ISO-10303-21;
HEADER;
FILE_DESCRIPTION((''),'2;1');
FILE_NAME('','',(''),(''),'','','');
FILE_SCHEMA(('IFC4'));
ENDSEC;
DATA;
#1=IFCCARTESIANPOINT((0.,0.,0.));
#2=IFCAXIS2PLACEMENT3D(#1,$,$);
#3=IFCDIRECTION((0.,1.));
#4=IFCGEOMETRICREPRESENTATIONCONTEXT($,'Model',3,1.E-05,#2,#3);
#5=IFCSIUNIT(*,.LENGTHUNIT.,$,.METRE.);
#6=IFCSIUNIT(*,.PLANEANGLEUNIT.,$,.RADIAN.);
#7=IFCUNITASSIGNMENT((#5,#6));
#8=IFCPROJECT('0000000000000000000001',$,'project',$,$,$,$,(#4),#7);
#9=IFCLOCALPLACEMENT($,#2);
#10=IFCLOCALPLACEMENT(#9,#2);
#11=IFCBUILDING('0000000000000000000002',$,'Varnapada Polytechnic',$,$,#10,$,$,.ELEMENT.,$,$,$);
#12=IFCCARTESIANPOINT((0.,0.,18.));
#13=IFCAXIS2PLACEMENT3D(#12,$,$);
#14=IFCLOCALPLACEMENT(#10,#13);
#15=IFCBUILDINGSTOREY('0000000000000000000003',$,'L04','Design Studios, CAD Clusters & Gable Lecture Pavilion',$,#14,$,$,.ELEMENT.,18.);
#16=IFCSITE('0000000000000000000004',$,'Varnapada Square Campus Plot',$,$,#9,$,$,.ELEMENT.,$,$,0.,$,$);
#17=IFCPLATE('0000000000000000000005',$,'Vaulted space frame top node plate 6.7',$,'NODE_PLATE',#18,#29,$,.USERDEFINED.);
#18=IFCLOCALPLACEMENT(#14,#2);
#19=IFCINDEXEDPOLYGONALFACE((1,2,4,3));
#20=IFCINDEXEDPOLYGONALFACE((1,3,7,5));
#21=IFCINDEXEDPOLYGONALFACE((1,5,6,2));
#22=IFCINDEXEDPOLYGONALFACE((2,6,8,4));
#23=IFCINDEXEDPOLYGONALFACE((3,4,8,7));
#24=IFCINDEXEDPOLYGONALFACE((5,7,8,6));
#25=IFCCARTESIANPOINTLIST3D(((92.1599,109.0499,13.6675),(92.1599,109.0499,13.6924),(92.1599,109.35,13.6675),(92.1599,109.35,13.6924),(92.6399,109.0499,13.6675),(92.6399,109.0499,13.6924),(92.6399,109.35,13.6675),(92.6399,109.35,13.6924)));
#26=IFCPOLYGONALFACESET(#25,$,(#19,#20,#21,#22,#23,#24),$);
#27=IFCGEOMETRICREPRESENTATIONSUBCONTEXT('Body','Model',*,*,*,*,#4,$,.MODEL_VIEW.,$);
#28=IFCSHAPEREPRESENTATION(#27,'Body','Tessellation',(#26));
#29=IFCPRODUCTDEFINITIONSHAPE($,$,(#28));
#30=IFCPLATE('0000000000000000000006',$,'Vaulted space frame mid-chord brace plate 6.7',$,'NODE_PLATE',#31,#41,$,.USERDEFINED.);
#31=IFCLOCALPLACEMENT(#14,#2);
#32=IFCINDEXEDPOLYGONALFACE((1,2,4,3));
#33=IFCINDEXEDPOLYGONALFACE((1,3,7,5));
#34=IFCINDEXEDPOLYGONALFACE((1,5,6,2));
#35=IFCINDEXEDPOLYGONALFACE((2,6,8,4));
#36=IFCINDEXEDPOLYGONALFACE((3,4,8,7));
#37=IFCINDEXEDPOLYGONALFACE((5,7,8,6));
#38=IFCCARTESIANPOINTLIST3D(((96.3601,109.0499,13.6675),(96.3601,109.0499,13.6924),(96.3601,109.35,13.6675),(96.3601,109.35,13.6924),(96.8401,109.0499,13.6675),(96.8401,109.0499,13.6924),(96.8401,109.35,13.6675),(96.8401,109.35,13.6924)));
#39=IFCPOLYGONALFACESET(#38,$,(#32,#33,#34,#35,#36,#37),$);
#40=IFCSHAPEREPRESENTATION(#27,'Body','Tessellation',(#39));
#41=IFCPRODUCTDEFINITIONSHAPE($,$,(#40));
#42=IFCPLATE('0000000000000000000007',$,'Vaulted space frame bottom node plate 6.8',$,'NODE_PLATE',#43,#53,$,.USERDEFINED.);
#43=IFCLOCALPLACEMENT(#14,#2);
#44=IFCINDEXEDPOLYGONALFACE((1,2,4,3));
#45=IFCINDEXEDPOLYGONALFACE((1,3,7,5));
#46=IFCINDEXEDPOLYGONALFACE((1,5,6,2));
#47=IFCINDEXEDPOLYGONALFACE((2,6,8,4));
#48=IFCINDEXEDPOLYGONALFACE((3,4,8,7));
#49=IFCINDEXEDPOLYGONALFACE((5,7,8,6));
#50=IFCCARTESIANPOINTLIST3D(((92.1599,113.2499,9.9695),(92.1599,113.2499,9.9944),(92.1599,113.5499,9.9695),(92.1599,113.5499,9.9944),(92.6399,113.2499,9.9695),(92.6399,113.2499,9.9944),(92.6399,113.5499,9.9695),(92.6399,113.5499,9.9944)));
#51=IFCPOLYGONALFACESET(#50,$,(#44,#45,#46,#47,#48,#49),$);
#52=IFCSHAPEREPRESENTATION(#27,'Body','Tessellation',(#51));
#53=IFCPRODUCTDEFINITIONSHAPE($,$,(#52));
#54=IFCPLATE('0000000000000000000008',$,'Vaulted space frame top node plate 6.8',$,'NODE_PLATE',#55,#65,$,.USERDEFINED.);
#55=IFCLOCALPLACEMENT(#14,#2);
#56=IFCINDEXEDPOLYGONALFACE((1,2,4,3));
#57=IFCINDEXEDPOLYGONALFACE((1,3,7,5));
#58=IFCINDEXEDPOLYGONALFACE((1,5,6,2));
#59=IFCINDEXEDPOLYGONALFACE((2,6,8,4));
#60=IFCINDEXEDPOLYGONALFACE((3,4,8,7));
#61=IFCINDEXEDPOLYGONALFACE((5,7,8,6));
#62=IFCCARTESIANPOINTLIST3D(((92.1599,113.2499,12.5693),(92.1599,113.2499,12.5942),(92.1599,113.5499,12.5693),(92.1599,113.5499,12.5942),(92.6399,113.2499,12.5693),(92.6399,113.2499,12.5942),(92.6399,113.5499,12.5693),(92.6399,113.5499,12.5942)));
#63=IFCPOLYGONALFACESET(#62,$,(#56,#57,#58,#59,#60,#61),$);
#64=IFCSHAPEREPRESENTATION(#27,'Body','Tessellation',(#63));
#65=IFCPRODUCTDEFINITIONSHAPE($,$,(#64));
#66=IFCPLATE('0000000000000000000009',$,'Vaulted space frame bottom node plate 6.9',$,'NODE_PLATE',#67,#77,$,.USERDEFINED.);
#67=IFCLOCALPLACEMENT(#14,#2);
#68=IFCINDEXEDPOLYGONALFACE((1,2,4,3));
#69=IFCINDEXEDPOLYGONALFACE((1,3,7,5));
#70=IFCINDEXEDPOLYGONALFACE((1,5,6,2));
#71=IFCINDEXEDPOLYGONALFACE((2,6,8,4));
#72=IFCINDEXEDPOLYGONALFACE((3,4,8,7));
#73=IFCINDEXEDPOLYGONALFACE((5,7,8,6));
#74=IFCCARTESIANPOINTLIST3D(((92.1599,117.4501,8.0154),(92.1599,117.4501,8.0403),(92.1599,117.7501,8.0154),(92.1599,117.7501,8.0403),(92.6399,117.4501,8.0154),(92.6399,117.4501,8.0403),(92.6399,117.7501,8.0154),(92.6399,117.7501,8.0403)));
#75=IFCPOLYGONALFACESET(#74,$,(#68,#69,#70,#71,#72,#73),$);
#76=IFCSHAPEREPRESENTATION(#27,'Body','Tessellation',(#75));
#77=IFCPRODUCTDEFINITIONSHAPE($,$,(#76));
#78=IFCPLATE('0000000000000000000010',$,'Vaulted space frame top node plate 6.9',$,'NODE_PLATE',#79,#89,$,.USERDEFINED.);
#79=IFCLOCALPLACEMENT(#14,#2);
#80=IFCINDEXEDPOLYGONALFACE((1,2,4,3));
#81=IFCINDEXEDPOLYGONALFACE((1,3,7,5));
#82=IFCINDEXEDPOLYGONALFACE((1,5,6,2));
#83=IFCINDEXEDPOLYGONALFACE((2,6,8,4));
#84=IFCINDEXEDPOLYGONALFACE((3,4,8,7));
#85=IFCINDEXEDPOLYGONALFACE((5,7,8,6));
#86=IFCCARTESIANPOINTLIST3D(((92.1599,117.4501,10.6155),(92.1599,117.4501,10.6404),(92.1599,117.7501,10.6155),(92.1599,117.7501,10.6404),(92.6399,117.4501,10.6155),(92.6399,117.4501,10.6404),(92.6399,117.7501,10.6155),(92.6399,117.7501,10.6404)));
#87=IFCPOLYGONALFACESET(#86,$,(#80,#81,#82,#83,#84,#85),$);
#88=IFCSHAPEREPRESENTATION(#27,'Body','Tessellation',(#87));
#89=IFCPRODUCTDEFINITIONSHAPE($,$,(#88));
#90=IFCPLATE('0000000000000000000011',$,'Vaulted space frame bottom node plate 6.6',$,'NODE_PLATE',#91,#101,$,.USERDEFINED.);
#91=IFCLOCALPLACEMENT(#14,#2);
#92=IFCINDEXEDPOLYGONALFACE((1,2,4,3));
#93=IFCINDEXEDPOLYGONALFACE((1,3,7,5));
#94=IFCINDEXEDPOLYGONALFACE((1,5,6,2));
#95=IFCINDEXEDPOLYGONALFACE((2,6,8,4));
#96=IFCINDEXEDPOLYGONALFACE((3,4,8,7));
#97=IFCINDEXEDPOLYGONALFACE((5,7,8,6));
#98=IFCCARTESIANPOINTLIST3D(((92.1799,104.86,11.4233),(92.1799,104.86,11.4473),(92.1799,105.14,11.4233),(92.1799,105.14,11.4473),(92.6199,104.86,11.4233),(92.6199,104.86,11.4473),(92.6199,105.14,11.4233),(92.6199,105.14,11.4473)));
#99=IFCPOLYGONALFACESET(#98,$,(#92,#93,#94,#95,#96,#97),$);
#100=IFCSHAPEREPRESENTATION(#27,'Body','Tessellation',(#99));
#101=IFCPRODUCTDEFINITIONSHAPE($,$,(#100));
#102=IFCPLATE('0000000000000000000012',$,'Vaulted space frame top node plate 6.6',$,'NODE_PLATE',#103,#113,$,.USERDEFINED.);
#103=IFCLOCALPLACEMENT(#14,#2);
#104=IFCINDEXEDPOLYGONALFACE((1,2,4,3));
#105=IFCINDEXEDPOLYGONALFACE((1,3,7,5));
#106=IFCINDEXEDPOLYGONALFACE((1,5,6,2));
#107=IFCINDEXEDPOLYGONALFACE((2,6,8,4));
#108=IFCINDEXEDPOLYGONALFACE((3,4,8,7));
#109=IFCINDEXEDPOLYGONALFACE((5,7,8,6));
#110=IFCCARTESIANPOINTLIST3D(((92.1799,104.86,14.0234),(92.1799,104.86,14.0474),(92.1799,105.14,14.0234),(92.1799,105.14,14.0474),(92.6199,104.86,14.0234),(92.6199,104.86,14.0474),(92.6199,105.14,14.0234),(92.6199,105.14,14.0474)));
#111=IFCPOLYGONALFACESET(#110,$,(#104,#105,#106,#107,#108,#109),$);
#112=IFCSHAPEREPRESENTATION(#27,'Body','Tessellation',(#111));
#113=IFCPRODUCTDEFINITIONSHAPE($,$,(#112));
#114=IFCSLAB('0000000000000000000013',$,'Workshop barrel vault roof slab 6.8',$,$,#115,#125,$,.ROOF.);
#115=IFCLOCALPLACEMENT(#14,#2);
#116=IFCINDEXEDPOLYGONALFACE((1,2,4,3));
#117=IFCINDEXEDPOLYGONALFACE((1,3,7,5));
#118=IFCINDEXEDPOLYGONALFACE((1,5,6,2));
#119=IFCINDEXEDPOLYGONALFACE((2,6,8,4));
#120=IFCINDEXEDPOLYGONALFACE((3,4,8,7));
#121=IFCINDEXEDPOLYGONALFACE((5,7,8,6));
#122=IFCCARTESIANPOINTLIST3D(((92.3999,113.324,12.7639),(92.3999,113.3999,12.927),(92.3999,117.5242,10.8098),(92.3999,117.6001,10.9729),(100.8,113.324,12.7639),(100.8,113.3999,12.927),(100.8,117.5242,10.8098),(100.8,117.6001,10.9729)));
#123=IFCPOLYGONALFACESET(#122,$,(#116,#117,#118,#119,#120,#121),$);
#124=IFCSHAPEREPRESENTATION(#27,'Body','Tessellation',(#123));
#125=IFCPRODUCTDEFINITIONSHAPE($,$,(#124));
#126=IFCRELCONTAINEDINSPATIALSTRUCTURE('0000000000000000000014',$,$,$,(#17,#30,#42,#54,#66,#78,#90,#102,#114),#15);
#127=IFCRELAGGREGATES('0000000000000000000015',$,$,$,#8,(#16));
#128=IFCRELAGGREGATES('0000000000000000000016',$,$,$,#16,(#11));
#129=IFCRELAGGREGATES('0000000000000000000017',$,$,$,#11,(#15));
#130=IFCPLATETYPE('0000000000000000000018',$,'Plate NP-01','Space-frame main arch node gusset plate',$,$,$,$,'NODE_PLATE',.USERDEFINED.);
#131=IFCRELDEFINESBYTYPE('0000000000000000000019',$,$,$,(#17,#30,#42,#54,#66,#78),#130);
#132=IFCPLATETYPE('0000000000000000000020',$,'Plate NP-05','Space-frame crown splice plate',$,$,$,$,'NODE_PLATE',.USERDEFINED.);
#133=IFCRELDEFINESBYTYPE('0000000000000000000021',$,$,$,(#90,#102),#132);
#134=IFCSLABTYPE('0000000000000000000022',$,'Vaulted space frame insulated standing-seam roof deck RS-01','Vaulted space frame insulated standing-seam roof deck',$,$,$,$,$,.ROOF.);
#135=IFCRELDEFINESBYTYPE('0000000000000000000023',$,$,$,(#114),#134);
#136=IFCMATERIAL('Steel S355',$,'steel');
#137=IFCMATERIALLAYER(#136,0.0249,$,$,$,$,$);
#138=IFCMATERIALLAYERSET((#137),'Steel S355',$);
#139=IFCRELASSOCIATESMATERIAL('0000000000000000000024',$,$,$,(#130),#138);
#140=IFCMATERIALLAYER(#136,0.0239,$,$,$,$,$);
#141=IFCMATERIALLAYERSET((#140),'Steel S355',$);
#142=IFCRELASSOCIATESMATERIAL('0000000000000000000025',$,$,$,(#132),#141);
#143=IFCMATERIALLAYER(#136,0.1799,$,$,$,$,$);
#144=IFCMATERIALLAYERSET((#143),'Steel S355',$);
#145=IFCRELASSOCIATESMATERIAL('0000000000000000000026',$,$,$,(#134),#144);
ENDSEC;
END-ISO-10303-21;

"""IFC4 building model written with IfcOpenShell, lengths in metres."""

from ifc_helpers import new_model, si_unit, direction, frame, origin, origin_2d, place, context, subcontext, project, spatial, polyline, rectangle, outline, extrude, material, layer, layer_set, type_object, element, save


model = new_model("IFC4")

# Units and contexts
model_context = context("Model", 3, precision=1e-05, world=origin(), true_north=direction((0.0, 1.0)))
body_context = subcontext(model_context, "Body", "Model", "MODEL_VIEW")
ifc_project = project(units=[si_unit("LENGTHUNIT", "METRE"), si_unit("PLANEANGLEUNIT", "RADIAN")], contexts=[model_context])

# Site, building, storey
site_placement = place(None, origin())
site = spatial("IfcSite", under=ifc_project, at=site_placement, Name="Varnapada Square Campus Plot", CompositionType="ELEMENT", RefElevation=0.0)
building_placement = place(site_placement, origin())
building = spatial("IfcBuilding", under=site, at=building_placement, Name="Varnapada Polytechnic", CompositionType="ELEMENT")
storey_placement = place(building_placement, frame((0.0, 0.0, 18.0)))
storey = spatial("IfcBuildingStorey", under=building, at=storey_placement, Name="L04", Description="Design Studios, CAD Clusters & Gable Lecture Pavilion", CompositionType="ELEMENT", Elevation=18.0)

# Shared definitions
ifc_material = material(Name="Steel S355", Category="steel")

# Plates
ifc_layer_1 = layer(ifc_material, 0.0249)
ifc_layer_set_1 = layer_set([ifc_layer_1], Name="Steel S355")
plate_type_1 = type_object("IfcPlateType", Name="Plate NP-01", Description="Space-frame main arch node gusset plate", ElementType="NODE_PLATE", PredefinedType="USERDEFINED", material=ifc_layer_set_1)
for number, where, z_axis, x_axis, name in (
    (1, (92.3999, 109.2, 13.6675), (0.0, 0.0, 1.0), (1.0, 0.0, 0.0), "Vaulted space frame top node plate 6.7"),
    (2, (96.6001, 109.2, 13.6675), (0.0, 0.0, 1.0), (1.0, 0.0, 0.0), "Vaulted space frame mid-chord brace plate 6.7"),
    (3, (92.3999, 113.3999, 9.9695), (0.0, 0.0, 1.0), (1.0, 0.0, 0.0), "Vaulted space frame bottom node plate 6.8"),
    (4, (92.3999, 113.3999, 12.5693), (0.0, 0.0, 1.0), (1.0, 0.0, 0.0), "Vaulted space frame top node plate 6.8"),
    (5, (92.3999, 117.6001, 8.0154), (0.0, 0.0, 1.0), (1.0, 0.0, 0.0), "Vaulted space frame bottom node plate 6.9"),
    (6, (92.3999, 117.6001, 10.6155), (0.0, 0.0, 1.0), (1.0, 0.0, 0.0), "Vaulted space frame top node plate 6.9"),
):
    element("IfcPlate", number, at=place(storey_placement, frame(where, z_axis=z_axis, x_axis=x_axis)), inside=storey, type_object=plate_type_1, Name=name, ObjectType="NODE_PLATE", PredefinedType="USERDEFINED", context=body_context, shape_type="SweptSolid", body=[
        extrude(rectangle(XDim=0.48, YDim=0.3, at=origin_2d()), origin(), (0.0, 0.0, 1.0), 0.0249),
    ])
ifc_layer_2 = layer(ifc_material, 0.0239)
ifc_layer_set_2 = layer_set([ifc_layer_2], Name="Steel S355")
plate_type_2 = type_object("IfcPlateType", Name="Plate NP-05", Description="Space-frame crown splice plate", ElementType="NODE_PLATE", PredefinedType="USERDEFINED", material=ifc_layer_set_2)
for number, where, z_axis, x_axis, name in (
    (7, (92.3999, 105.0, 11.4233), (0.0, 0.0, 1.0), (1.0, 0.0, 0.0), "Vaulted space frame bottom node plate 6.6"),
    (8, (92.3999, 105.0, 14.0234), (0.0, 0.0, 1.0), (1.0, 0.0, 0.0), "Vaulted space frame top node plate 6.6"),
):
    element("IfcPlate", number, at=place(storey_placement, frame(where, z_axis=z_axis, x_axis=x_axis)), inside=storey, type_object=plate_type_2, Name=name, ObjectType="NODE_PLATE", PredefinedType="USERDEFINED", context=body_context, shape_type="SweptSolid", body=[
        extrude(rectangle(XDim=0.4399, YDim=0.28, at=origin_2d()), origin(), (0.0, 0.0, 1.0), 0.0239),
    ])

# Slab
ifc_layer_3 = layer(ifc_material, 0.1799)
ifc_layer_set_3 = layer_set([ifc_layer_3], Name="Steel S355")
slab_type = type_object("IfcSlabType", Name="Vaulted space frame insulated standing-seam roof deck RS-01", Description="Vaulted space frame insulated standing-seam roof deck", PredefinedType="ROOF", material=ifc_layer_set_3)
slab_placement = place(storey_placement, frame((92.3999, 113.3999, 12.927), z_axis=(0.0, 0.421823, 0.906678), x_axis=(1.0, 0.0, 0.0)))
element("IfcSlab", 9, at=slab_placement, inside=storey, type_object=slab_type, Name="Workshop barrel vault roof slab 6.8", PredefinedType="ROOF", context=body_context, shape_type="SweptSolid", body=[
    extrude(outline(polyline([(0.0, 0.0), (8.4001, 0.0), (8.4001, 4.6325), (0.0, 4.6325), (0.0, 0.0)])), origin(), (0.0, 0.0, -1.0), 0.1799),
])

save(model, "model.ifc")
